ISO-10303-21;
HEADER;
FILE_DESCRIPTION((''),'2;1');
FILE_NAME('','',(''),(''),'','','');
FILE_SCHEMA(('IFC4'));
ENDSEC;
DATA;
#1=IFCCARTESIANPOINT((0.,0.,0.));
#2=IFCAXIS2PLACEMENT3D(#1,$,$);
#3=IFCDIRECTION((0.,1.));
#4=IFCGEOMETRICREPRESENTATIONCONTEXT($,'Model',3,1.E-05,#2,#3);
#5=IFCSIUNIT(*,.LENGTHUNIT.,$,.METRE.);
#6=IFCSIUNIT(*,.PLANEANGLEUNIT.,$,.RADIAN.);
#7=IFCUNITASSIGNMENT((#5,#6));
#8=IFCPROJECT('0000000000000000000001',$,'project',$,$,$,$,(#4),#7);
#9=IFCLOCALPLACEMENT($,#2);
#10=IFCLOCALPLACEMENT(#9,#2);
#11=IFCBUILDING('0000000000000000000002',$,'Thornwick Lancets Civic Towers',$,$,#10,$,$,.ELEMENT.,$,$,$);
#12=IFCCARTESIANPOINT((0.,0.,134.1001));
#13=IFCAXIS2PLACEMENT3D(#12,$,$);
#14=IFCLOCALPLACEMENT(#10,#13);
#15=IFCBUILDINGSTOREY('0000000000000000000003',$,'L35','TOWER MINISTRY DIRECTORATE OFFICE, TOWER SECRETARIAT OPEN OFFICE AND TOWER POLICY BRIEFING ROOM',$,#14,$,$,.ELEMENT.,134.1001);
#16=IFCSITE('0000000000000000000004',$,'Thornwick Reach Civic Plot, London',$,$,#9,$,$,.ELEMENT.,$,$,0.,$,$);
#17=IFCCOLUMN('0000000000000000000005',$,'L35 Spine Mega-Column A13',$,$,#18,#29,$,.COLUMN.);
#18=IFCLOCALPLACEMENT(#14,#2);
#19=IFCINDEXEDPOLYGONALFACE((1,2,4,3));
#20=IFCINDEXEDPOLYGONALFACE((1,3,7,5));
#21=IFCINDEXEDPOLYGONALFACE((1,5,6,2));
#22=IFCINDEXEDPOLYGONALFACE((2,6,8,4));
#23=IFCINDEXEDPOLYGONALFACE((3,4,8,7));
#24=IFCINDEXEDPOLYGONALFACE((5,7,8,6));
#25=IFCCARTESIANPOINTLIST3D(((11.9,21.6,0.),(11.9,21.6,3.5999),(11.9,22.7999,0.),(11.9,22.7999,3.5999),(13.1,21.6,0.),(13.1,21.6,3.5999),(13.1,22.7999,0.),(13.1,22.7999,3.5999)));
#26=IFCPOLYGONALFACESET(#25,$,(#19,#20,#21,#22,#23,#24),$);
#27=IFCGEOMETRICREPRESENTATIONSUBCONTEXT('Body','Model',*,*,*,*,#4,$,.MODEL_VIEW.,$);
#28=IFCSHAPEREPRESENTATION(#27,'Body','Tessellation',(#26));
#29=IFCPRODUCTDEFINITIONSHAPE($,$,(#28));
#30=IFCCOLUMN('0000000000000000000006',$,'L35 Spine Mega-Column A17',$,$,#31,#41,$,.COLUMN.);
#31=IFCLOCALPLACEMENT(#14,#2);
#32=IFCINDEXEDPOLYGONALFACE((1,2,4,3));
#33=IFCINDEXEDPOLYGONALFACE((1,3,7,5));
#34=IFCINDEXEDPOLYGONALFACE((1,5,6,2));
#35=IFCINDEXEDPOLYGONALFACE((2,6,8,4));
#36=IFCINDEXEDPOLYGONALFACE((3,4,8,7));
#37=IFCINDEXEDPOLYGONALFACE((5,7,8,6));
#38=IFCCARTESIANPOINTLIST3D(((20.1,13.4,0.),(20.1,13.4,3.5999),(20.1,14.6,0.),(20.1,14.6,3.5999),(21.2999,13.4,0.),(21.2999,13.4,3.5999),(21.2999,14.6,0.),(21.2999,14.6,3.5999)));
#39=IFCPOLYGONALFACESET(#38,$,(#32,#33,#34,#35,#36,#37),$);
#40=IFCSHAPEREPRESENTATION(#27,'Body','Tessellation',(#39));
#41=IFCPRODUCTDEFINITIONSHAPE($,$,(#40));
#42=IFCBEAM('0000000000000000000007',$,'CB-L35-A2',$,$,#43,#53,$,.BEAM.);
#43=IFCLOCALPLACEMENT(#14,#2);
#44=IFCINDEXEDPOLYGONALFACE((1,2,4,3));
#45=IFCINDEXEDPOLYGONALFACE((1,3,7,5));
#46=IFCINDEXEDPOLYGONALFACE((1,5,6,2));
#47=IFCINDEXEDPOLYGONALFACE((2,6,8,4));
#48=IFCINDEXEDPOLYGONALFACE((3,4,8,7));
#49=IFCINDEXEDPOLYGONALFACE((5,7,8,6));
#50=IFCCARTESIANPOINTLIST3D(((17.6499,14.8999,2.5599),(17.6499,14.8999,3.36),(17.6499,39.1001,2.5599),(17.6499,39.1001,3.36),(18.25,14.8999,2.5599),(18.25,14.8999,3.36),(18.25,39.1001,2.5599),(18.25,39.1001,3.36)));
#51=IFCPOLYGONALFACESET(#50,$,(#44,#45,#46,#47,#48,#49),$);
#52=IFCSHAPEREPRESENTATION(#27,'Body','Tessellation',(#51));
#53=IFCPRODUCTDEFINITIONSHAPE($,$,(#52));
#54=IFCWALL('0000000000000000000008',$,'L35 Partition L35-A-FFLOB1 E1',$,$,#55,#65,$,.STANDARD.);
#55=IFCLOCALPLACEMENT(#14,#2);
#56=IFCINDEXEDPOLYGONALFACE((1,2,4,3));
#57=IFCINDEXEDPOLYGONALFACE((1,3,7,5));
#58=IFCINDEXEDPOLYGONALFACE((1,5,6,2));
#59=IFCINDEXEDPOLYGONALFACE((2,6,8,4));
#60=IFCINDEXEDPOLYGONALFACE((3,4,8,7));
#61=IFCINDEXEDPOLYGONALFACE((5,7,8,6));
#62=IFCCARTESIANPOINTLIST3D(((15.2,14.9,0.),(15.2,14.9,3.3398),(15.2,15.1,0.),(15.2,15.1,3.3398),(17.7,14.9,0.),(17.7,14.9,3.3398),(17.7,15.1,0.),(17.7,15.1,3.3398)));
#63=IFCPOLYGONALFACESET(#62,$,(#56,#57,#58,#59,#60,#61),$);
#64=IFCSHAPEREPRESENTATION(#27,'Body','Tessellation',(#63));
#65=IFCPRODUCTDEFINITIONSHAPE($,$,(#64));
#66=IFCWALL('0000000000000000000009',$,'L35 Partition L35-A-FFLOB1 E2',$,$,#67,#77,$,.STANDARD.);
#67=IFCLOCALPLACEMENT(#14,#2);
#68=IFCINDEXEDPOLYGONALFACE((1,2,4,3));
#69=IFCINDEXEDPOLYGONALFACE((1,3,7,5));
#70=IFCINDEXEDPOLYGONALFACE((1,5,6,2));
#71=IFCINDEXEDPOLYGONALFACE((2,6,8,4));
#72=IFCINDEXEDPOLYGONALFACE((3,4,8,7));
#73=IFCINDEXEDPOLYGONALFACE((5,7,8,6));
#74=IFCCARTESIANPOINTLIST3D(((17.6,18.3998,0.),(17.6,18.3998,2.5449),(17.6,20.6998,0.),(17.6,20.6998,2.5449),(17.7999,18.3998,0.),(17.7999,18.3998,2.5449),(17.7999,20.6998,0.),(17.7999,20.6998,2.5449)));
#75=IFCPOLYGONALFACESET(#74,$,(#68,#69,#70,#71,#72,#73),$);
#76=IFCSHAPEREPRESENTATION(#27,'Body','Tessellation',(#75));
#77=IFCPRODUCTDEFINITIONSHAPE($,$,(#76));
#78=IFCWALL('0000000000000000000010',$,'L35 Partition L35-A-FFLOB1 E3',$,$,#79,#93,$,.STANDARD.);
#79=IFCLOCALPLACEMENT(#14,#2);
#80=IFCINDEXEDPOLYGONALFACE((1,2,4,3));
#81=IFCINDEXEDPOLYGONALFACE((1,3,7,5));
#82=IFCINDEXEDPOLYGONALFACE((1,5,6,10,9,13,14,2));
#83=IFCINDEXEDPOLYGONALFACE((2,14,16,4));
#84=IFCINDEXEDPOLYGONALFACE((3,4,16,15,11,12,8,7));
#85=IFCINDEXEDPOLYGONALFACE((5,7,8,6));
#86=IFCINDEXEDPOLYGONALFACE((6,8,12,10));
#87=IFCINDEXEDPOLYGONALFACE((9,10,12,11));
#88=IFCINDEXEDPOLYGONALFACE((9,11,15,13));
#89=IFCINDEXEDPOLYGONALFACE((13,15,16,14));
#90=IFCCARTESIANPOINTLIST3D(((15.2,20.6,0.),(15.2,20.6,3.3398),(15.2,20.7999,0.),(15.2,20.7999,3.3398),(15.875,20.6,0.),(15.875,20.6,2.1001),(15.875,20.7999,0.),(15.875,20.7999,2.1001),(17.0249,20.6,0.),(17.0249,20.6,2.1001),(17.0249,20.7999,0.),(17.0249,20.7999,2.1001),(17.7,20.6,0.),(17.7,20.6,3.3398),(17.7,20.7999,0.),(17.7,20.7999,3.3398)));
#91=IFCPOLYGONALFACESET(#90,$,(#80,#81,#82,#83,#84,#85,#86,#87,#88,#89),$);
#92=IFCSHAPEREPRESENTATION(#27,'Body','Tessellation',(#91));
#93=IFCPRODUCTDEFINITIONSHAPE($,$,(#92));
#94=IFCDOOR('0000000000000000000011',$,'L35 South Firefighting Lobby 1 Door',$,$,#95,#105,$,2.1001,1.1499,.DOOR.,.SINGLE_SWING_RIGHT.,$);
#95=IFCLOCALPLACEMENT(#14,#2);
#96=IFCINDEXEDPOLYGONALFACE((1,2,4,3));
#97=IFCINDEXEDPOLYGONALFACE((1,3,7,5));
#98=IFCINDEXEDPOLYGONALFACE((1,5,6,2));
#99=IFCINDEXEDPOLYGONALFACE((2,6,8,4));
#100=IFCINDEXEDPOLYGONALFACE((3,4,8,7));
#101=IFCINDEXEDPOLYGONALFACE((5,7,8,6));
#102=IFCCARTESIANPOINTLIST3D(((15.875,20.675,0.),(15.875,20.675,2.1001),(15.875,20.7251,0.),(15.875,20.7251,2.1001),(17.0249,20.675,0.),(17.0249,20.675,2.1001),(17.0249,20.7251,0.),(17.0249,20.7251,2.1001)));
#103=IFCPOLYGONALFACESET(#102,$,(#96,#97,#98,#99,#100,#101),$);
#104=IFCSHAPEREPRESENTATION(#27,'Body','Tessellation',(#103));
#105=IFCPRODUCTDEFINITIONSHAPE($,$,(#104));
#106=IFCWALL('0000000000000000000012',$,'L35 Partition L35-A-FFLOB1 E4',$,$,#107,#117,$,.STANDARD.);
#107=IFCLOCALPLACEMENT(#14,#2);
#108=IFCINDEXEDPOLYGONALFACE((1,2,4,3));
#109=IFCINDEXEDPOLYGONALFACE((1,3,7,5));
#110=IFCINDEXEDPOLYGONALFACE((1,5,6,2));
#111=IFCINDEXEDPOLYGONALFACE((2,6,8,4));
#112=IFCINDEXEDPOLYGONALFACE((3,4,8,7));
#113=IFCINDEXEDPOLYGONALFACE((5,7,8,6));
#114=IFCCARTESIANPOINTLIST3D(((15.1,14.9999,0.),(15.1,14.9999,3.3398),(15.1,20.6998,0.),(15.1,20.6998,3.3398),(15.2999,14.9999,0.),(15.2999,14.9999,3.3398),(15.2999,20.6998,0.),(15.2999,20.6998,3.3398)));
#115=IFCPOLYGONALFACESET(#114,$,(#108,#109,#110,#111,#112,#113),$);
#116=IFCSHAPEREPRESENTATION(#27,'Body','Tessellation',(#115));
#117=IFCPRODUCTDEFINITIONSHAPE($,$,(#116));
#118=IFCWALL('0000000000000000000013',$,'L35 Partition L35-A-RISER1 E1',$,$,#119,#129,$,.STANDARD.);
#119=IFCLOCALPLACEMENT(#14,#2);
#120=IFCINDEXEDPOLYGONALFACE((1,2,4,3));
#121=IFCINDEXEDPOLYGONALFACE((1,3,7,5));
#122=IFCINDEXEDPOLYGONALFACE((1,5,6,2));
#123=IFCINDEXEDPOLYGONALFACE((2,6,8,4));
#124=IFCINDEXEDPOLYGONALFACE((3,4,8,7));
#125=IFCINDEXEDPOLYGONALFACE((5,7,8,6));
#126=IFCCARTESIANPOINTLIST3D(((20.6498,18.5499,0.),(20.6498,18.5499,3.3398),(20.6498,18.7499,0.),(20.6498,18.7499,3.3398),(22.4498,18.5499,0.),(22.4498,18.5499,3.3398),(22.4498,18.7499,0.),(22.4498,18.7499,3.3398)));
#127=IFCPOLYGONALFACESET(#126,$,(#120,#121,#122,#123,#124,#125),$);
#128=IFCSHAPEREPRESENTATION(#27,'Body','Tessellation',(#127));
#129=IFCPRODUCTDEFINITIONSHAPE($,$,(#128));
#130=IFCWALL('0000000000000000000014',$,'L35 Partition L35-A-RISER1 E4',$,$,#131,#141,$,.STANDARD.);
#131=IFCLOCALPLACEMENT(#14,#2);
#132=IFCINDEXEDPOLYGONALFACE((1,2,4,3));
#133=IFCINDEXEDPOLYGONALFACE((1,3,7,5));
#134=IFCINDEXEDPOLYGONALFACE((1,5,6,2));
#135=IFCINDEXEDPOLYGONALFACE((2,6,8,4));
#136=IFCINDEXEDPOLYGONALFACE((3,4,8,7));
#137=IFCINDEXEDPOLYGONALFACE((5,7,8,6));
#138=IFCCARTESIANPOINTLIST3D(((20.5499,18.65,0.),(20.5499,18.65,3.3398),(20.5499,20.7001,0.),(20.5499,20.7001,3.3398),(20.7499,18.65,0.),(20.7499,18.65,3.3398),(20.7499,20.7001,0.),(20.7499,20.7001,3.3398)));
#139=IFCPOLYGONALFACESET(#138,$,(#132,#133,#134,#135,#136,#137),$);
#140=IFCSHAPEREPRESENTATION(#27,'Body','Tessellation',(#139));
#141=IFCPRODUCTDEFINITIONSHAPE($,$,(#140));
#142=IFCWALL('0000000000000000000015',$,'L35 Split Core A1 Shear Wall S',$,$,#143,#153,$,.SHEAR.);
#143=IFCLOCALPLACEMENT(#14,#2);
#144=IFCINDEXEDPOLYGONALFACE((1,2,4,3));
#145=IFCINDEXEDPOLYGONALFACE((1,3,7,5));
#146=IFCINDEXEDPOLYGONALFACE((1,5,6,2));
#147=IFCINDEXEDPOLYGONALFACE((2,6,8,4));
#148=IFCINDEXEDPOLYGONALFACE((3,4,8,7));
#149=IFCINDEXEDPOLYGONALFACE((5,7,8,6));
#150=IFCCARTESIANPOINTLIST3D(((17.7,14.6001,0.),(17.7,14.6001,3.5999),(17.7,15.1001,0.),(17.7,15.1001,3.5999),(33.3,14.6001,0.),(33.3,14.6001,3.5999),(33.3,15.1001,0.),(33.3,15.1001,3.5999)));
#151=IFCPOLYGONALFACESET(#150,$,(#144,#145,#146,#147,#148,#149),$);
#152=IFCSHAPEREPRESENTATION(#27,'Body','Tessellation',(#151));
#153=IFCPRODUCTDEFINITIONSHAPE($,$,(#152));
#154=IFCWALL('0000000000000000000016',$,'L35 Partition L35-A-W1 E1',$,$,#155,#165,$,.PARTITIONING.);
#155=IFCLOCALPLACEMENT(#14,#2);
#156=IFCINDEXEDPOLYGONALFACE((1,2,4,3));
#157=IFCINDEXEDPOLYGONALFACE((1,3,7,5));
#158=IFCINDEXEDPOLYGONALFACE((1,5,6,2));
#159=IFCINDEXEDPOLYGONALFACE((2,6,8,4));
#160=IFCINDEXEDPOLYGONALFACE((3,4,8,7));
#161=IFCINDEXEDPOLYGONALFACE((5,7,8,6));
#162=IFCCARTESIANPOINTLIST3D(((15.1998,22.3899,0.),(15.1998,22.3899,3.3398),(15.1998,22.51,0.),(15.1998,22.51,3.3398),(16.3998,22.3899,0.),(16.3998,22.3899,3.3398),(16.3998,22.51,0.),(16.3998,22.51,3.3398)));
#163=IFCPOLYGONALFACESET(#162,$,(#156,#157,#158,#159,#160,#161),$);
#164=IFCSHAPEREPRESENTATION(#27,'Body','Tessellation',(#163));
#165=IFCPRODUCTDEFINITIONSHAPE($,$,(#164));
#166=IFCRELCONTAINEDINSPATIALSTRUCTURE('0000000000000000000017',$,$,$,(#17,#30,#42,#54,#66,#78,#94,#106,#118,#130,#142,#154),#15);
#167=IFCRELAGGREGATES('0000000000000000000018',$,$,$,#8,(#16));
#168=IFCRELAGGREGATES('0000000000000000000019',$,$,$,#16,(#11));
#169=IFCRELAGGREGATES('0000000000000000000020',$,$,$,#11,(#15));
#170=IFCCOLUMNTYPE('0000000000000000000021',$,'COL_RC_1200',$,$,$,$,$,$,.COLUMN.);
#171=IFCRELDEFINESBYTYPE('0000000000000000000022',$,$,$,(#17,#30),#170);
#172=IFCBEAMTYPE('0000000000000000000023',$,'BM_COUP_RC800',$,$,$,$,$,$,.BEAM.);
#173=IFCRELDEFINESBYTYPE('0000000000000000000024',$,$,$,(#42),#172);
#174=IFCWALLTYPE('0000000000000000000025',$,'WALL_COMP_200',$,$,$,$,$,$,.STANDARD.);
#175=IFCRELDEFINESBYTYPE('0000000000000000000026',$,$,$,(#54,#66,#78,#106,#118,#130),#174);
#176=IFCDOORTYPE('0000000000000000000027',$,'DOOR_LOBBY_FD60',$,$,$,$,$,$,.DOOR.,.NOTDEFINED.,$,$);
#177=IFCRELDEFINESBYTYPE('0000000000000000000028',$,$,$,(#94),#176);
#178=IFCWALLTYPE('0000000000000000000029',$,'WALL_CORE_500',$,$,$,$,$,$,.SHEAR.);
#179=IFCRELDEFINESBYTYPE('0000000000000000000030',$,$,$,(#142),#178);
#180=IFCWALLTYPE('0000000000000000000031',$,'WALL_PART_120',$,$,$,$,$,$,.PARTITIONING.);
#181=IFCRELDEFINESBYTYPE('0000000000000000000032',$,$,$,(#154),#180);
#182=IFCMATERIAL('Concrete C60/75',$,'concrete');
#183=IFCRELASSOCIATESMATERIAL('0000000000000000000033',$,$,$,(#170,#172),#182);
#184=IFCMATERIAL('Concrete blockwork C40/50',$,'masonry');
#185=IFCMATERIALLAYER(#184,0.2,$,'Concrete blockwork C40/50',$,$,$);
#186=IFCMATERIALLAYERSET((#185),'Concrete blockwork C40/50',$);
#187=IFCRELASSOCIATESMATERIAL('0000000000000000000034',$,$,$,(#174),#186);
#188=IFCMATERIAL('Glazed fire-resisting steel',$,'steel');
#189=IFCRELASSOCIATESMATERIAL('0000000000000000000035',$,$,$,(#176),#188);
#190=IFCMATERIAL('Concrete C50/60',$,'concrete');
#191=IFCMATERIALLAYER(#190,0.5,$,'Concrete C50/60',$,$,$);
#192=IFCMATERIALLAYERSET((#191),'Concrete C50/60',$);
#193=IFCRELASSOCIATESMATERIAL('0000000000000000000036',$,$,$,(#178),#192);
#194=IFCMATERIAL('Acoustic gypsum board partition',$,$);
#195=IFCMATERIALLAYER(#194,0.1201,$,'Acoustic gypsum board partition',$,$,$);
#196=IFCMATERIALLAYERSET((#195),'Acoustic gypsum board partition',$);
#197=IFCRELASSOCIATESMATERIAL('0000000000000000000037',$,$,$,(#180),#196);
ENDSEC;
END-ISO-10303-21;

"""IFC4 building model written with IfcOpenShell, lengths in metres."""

from ifc_helpers import new_model, si_unit, direction, frame, frame_2d, origin, origin_2d, place, context, subcontext, project, spatial, rectangle, extrude, material, layer, layer_set, material_profile, profile_set, type_object, element, fill, save


model = new_model("IFC4")

# Units and contexts
model_context = context("Model", 3, precision=1e-05, world=origin(), true_north=direction((0.0, 1.0)))
body_context = subcontext(model_context, "Body", "Model", "MODEL_VIEW")
ifc_project = project(units=[si_unit("LENGTHUNIT", "METRE"), si_unit("PLANEANGLEUNIT", "RADIAN")], contexts=[model_context])

# Site, building, storey
site_placement = place(None, origin())
site = spatial("IfcSite", under=ifc_project, at=site_placement, Name="Thornwick Reach Civic Plot, London", CompositionType="ELEMENT", RefElevation=0.0)
building_placement = place(site_placement, origin())
building = spatial("IfcBuilding", under=site, at=building_placement, Name="Thornwick Lancets Civic Towers", CompositionType="ELEMENT")
storey_placement = place(building_placement, frame((0.0, 0.0, 134.1001)))
storey = spatial("IfcBuildingStorey", under=building, at=storey_placement, Name="L35", Description="TOWER MINISTRY DIRECTORATE OFFICE, TOWER SECRETARIAT OPEN OFFICE AND TOWER POLICY BRIEFING ROOM", CompositionType="ELEMENT", Elevation=134.1001)

# Columns
ifc_material_1 = material(Name="Concrete C60/75", Category="concrete")
ifc_material_profile_1 = material_profile(ifc_material_1, rectangle(XDim=1.2, YDim=1.2, at=origin_2d()), Name="RC 1200x1200")
ifc_profile_set_1 = profile_set([ifc_material_profile_1], Name="Concrete C60/75")
column_type = type_object("IfcColumnType", Name="COL_RC_1200", PredefinedType="COLUMN", material=ifc_profile_set_1)
for number, where, z_axis, x_axis, name in (
    (1, (12.5, 22.2, 0.0), (0.0, 0.0, 1.0), (1.0, 0.0, 0.0), "L35 Spine Mega-Column A13"),
    (2, (20.7, 14.0, 0.0), (0.0, 0.0, 1.0), (1.0, 0.0, 0.0), "L35 Spine Mega-Column A17"),
):
    element("IfcColumn", number, at=place(storey_placement, frame(where, z_axis=z_axis, x_axis=x_axis)), inside=storey, type_object=column_type, Name=name, PredefinedType="COLUMN", context=body_context, shape_type="SweptSolid", body=[
        extrude(rectangle(XDim=1.2, YDim=1.2, at=origin_2d()), origin(), (0.0, 0.0, 1.0), 3.5999),
    ])

# Beam
ifc_material_profile_2 = material_profile(ifc_material_1, rectangle(XDim=0.6001, YDim=0.8, at=origin_2d()), Name="RC 600x800")
ifc_profile_set_2 = profile_set([ifc_material_profile_2], Name="Concrete C60/75")
beam_type = type_object("IfcBeamType", Name="BM_COUP_RC800", PredefinedType="BEAM", material=ifc_profile_set_2)
beam_placement = place(storey_placement, frame((17.95, 14.8999, 2.96), z_axis=(0.0, 1.0, 0.0), x_axis=(-1.0, 0.0, 0.0)))
element("IfcBeam", 3, at=beam_placement, inside=storey, type_object=beam_type, Name="CB-L35-A2", PredefinedType="BEAM", context=body_context, shape_type="SweptSolid", body=[
    extrude(rectangle(XDim=0.6001, YDim=0.8, at=origin_2d()), origin(), (0.0, 0.0, 1.0), 24.2002),
])

# Walls
ifc_material_2 = material(Name="Concrete blockwork C40/50", Category="masonry")
ifc_layer_1 = layer(ifc_material_2, 0.2, Name="Concrete blockwork C40/50")
ifc_layer_set_1 = layer_set([ifc_layer_1], Name="Concrete blockwork C40/50")
wall_type_1 = type_object("IfcWallType", Name="WALL_COMP_200", PredefinedType="STANDARD", material=ifc_layer_set_1)
wall_1_placement = place(storey_placement, frame((15.2, 15.0, 0.0), z_axis=(0.0, 0.0, 1.0), x_axis=(1.0, 0.0, 0.0)))
element("IfcWall", 4, at=wall_1_placement, inside=storey, type_object=wall_type_1, Name="L35 Partition L35-A-FFLOB1 E1", PredefinedType="STANDARD", context=body_context, shape_type="SweptSolid", body=[
    extrude(rectangle(XDim=2.5, YDim=0.2, at=frame_2d((1.25, 0.0))), origin(), (0.0, 0.0, 1.0), 3.3398),
])
wall_2_placement = place(storey_placement, frame((17.7, 18.3999, 0.0), z_axis=(0.0, 0.0, 1.0), x_axis=(0.0, 1.0, 0.0)))
element("IfcWall", 5, at=wall_2_placement, inside=storey, type_object=wall_type_1, Name="L35 Partition L35-A-FFLOB1 E2", PredefinedType="STANDARD", context=body_context, shape_type="SweptSolid", body=[
    extrude(rectangle(XDim=2.3, YDim=0.2, at=frame_2d((1.1499, 0.0))), origin(), (0.0, 0.0, 1.0), 2.5449),
])

# Wall, opening, door
wall_3_placement = place(storey_placement, frame((17.7, 20.7, 0.0), z_axis=(0.0, 0.0, 1.0), x_axis=(-1.0, 0.0, 0.0)))
wall_3 = element("IfcWall", 6, at=wall_3_placement, inside=storey, type_object=wall_type_1, Name="L35 Partition L35-A-FFLOB1 E3", PredefinedType="STANDARD", context=body_context, shape_type="SweptSolid", body=[
    extrude(rectangle(XDim=2.5, YDim=0.2, at=frame_2d((1.25, 0.0))), origin(), (0.0, 0.0, 1.0), 3.3398),
])
opening_1_placement = place(wall_3_placement, frame((0.675, 0.0, 0.0)))
opening_1 = element("IfcOpeningElement", 7, at=opening_1_placement, cuts=wall_3, PredefinedType="OPENING", context=body_context, shape_type="SweptSolid", body=[
    extrude(rectangle(XDim=1.1499, YDim=2.1001, at=frame_2d((0.575, 1.05))), frame((0.0, 0.1099, 0.0), z_axis=(0.0, -1.0, 0.0), x_axis=(1.0, 0.0, 0.0)), (0.0, 0.0, 1.0), 0.22),
])
ifc_material_3 = material(Name="Glazed fire-resisting steel", Category="steel")
door_type_1 = type_object("IfcDoorType", Name="DOOR_LOBBY_FD60", OperationType="NOTDEFINED", PredefinedType="DOOR", material=ifc_material_3)
door_1_placement = place(opening_1_placement, origin())
door_1 = element("IfcDoor", 8, at=door_1_placement, inside=storey, type_object=door_type_1, Name="L35 South Firefighting Lobby 1 Door", OperationType="SINGLE_SWING_RIGHT", OverallHeight=2.1001, OverallWidth=1.1499, PredefinedType="DOOR", context=body_context, shape_type="SweptSolid", body=[
    extrude(rectangle(XDim=1.1499, YDim=2.1001, at=frame_2d((0.575, 1.05))), frame((0.0, 0.0249, 0.0), z_axis=(0.0, -1.0, 0.0), x_axis=(1.0, 0.0, 0.0)), (0.0, 0.0, 1.0), 0.05),
])
fill(opening_1, door_1)

# Walls
wall_4_placement = place(storey_placement, frame((15.2, 20.7, 0.0), z_axis=(0.0, 0.0, 1.0), x_axis=(0.0, -1.0, 0.0)))
element("IfcWall", 9, at=wall_4_placement, inside=storey, type_object=wall_type_1, Name="L35 Partition L35-A-FFLOB1 E4", PredefinedType="STANDARD", context=body_context, shape_type="SweptSolid", body=[
    extrude(rectangle(XDim=5.7, YDim=0.2, at=frame_2d((2.8501, 0.0))), origin(), (0.0, 0.0, 1.0), 3.3398),
])
wall_5_placement = place(storey_placement, frame((20.6499, 18.6499, 0.0), z_axis=(0.0, 0.0, 1.0), x_axis=(1.0, 0.0, 0.0)))
element("IfcWall", 10, at=wall_5_placement, inside=storey, type_object=wall_type_1, Name="L35 Partition L35-A-RISER1 E1", PredefinedType="STANDARD", context=body_context, shape_type="SweptSolid", body=[
    extrude(rectangle(XDim=1.8, YDim=0.2, at=frame_2d((0.8999, 0.0))), origin(), (0.0, 0.0, 1.0), 3.3398),
])
wall_6_placement = place(storey_placement, frame((20.6499, 20.7, 0.0), z_axis=(0.0, 0.0, 1.0), x_axis=(0.0, -1.0, 0.0)))
element("IfcWall", 11, at=wall_6_placement, inside=storey, type_object=wall_type_1, Name="L35 Partition L35-A-RISER1 E4", PredefinedType="STANDARD", context=body_context, shape_type="SweptSolid", body=[
    extrude(rectangle(XDim=2.05, YDim=0.2, at=frame_2d((1.0249, 0.0))), origin(), (0.0, 0.0, 1.0), 3.3398),
])
ifc_material_4 = material(Name="Concrete C50/60", Category="concrete")
ifc_layer_2 = layer(ifc_material_4, 0.5, Name="Concrete C50/60")
ifc_layer_set_2 = layer_set([ifc_layer_2], Name="Concrete C50/60")
wall_type_2 = type_object("IfcWallType", Name="WALL_CORE_500", PredefinedType="SHEAR", material=ifc_layer_set_2)
wall_7_placement = place(storey_placement, frame((17.7, 14.8501, 0.0), z_axis=(0.0, 0.0, 1.0), x_axis=(1.0, 0.0, 0.0)))
element("IfcWall", 12, at=wall_7_placement, inside=storey, type_object=wall_type_2, Name="L35 Split Core A1 Shear Wall S", PredefinedType="SHEAR", context=body_context, shape_type="SweptSolid", body=[
    extrude(rectangle(XDim=15.6001, YDim=0.5, at=frame_2d((7.8, 0.0))), origin(), (0.0, 0.0, 1.0), 3.5999),
])
ifc_material_5 = material(Name="Acoustic gypsum board partition")
ifc_layer_3 = layer(ifc_material_5, 0.1201, Name="Acoustic gypsum board partition")
ifc_layer_set_3 = layer_set([ifc_layer_3], Name="Acoustic gypsum board partition")
wall_type_3 = type_object("IfcWallType", Name="WALL_PART_120", PredefinedType="PARTITIONING", material=ifc_layer_set_3)
wall_8_placement = place(storey_placement, frame((16.3999, 22.45, 0.0), z_axis=(0.0, 0.0, 1.0), x_axis=(-1.0, 0.0, 0.0)))
element("IfcWall", 13, at=wall_8_placement, inside=storey, type_object=wall_type_3, Name="L35 Partition L35-A-W1 E1", PredefinedType="PARTITIONING", context=body_context, shape_type="SweptSolid", body=[
    extrude(rectangle(XDim=1.2, YDim=0.1201, at=frame_2d((0.6001, 0.0))), origin(), (0.0, 0.0, 1.0), 3.3398),
])

save(model, "model.ifc")
